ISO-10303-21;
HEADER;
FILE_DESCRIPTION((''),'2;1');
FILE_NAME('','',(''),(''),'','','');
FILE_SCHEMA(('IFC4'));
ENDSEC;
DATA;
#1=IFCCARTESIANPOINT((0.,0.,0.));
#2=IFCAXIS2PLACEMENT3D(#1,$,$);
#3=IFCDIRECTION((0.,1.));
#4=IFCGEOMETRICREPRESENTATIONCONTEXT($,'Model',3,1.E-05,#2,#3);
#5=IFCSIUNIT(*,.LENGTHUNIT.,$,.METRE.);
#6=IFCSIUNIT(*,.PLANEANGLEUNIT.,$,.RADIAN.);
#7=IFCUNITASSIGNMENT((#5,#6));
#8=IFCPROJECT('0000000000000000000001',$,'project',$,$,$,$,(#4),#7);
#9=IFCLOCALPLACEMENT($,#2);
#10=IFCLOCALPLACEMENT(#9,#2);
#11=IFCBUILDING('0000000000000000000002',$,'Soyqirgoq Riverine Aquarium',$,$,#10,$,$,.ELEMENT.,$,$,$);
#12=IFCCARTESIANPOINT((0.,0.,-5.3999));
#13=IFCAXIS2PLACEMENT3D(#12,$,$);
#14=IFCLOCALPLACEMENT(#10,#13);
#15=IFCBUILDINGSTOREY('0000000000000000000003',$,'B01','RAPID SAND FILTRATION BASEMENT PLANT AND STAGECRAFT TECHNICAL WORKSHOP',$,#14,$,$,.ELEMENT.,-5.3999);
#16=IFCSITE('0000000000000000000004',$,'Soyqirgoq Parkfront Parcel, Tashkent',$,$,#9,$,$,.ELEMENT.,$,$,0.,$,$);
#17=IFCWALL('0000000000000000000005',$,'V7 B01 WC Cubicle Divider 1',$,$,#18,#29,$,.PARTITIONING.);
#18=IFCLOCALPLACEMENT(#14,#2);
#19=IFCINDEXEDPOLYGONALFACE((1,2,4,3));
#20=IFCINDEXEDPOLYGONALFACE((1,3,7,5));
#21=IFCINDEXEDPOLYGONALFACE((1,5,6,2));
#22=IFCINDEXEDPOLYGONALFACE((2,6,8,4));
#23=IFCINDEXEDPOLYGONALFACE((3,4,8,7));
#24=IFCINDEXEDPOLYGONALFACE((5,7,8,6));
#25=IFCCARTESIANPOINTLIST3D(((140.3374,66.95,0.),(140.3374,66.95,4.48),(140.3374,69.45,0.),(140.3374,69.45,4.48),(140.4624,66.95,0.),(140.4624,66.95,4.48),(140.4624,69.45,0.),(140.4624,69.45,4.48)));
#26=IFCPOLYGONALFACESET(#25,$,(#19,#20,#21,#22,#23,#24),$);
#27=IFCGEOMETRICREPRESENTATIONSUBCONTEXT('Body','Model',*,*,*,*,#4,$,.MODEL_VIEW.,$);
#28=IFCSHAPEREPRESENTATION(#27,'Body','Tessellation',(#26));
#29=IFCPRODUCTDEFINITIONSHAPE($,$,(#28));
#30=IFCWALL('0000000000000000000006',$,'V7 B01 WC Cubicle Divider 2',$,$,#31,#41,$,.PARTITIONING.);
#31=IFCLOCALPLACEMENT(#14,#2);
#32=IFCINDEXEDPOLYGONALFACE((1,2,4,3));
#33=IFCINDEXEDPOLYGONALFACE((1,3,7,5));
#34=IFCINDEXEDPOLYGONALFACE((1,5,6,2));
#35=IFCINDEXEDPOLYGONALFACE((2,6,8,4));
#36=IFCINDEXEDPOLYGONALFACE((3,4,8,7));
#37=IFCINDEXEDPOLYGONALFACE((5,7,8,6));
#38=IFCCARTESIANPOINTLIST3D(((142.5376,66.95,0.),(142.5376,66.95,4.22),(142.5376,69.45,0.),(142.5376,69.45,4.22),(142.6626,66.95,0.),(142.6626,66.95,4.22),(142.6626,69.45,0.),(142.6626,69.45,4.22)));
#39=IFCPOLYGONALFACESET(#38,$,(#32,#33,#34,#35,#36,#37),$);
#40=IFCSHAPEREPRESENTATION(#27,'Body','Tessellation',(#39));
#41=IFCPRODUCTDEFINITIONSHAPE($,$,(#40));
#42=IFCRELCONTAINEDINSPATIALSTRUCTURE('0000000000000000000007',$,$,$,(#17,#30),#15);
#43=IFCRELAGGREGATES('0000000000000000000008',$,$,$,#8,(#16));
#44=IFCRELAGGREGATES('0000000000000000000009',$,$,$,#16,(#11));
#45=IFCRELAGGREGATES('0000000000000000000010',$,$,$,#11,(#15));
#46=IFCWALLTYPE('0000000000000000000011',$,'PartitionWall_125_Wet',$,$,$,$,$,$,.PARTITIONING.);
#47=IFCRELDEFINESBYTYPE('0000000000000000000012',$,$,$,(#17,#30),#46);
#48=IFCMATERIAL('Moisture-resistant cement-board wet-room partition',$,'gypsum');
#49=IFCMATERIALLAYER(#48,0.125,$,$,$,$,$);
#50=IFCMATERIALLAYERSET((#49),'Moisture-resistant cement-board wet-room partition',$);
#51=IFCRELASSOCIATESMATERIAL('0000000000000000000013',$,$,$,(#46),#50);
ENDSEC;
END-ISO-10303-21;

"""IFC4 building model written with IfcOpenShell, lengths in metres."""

from ifc_helpers import new_model, si_unit, direction, frame, frame_2d, origin, place, context, subcontext, project, spatial, rectangle, extrude, material, layer, layer_set, type_object, element, save


model = new_model("IFC4")

# Units and contexts
model_context = context("Model", 3, precision=1e-05, world=origin(), true_north=direction((0.0, 1.0)))
body_context = subcontext(model_context, "Body", "Model", "MODEL_VIEW")
ifc_project = project(units=[si_unit("LENGTHUNIT", "METRE"), si_unit("PLANEANGLEUNIT", "RADIAN")], contexts=[model_context])

# Site, building, storey
site_placement = place(None, origin())
site = spatial("IfcSite", under=ifc_project, at=site_placement, Name="Soyqirgoq Parkfront Parcel, Tashkent", CompositionType="ELEMENT", RefElevation=0.0)
building_placement = place(site_placement, origin())
building = spatial("IfcBuilding", under=site, at=building_placement, Name="Soyqirgoq Riverine Aquarium", CompositionType="ELEMENT")
storey_placement = place(building_placement, frame((0.0, 0.0, -5.3999)))
storey = spatial("IfcBuildingStorey", under=building, at=storey_placement, Name="B01", Description="RAPID SAND FILTRATION BASEMENT PLANT AND STAGECRAFT TECHNICAL WORKSHOP", CompositionType="ELEMENT", Elevation=-5.3999)

# Shared definitions
ifc_material_1 = material(Name="Moisture-resistant cement-board wet-room partition", Category="gypsum")
ifc_layer = layer(ifc_material_1, 0.125)
ifc_layer_set = layer_set([ifc_layer], Name="Moisture-resistant cement-board wet-room partition")
wall_type = type_object("IfcWallType", Name="PartitionWall_125_Wet", PredefinedType="PARTITIONING", material=ifc_layer_set)

# Walls
wall_1_placement = place(storey_placement, frame((140.3999, 66.95, 0.0), z_axis=(0.0, 0.0, 1.0), x_axis=(0.0, 1.0, 0.0)))
element("IfcWall", 1, at=wall_1_placement, inside=storey, type_object=wall_type, Name="V7 B01 WC Cubicle Divider 1", PredefinedType="PARTITIONING", context=body_context, shape_type="SweptSolid", body=[
    extrude(rectangle(XDim=2.5, YDim=0.125, at=frame_2d((1.25, 0.0))), origin(), (0.0, 0.0, 1.0), 4.48),
])
wall_2_placement = place(storey_placement, frame((142.6001, 66.95, 0.0), z_axis=(0.0, 0.0, 1.0), x_axis=(0.0, 1.0, 0.0)))
element("IfcWall", 2, at=wall_2_placement, inside=storey, type_object=wall_type, Name="V7 B01 WC Cubicle Divider 2", PredefinedType="PARTITIONING", context=body_context, shape_type="SweptSolid", body=[
    extrude(rectangle(XDim=2.5, YDim=0.125, at=frame_2d((1.25, 0.0))), origin(), (0.0, 0.0, 1.0), 4.22),
])

save(model, "model.ifc")
